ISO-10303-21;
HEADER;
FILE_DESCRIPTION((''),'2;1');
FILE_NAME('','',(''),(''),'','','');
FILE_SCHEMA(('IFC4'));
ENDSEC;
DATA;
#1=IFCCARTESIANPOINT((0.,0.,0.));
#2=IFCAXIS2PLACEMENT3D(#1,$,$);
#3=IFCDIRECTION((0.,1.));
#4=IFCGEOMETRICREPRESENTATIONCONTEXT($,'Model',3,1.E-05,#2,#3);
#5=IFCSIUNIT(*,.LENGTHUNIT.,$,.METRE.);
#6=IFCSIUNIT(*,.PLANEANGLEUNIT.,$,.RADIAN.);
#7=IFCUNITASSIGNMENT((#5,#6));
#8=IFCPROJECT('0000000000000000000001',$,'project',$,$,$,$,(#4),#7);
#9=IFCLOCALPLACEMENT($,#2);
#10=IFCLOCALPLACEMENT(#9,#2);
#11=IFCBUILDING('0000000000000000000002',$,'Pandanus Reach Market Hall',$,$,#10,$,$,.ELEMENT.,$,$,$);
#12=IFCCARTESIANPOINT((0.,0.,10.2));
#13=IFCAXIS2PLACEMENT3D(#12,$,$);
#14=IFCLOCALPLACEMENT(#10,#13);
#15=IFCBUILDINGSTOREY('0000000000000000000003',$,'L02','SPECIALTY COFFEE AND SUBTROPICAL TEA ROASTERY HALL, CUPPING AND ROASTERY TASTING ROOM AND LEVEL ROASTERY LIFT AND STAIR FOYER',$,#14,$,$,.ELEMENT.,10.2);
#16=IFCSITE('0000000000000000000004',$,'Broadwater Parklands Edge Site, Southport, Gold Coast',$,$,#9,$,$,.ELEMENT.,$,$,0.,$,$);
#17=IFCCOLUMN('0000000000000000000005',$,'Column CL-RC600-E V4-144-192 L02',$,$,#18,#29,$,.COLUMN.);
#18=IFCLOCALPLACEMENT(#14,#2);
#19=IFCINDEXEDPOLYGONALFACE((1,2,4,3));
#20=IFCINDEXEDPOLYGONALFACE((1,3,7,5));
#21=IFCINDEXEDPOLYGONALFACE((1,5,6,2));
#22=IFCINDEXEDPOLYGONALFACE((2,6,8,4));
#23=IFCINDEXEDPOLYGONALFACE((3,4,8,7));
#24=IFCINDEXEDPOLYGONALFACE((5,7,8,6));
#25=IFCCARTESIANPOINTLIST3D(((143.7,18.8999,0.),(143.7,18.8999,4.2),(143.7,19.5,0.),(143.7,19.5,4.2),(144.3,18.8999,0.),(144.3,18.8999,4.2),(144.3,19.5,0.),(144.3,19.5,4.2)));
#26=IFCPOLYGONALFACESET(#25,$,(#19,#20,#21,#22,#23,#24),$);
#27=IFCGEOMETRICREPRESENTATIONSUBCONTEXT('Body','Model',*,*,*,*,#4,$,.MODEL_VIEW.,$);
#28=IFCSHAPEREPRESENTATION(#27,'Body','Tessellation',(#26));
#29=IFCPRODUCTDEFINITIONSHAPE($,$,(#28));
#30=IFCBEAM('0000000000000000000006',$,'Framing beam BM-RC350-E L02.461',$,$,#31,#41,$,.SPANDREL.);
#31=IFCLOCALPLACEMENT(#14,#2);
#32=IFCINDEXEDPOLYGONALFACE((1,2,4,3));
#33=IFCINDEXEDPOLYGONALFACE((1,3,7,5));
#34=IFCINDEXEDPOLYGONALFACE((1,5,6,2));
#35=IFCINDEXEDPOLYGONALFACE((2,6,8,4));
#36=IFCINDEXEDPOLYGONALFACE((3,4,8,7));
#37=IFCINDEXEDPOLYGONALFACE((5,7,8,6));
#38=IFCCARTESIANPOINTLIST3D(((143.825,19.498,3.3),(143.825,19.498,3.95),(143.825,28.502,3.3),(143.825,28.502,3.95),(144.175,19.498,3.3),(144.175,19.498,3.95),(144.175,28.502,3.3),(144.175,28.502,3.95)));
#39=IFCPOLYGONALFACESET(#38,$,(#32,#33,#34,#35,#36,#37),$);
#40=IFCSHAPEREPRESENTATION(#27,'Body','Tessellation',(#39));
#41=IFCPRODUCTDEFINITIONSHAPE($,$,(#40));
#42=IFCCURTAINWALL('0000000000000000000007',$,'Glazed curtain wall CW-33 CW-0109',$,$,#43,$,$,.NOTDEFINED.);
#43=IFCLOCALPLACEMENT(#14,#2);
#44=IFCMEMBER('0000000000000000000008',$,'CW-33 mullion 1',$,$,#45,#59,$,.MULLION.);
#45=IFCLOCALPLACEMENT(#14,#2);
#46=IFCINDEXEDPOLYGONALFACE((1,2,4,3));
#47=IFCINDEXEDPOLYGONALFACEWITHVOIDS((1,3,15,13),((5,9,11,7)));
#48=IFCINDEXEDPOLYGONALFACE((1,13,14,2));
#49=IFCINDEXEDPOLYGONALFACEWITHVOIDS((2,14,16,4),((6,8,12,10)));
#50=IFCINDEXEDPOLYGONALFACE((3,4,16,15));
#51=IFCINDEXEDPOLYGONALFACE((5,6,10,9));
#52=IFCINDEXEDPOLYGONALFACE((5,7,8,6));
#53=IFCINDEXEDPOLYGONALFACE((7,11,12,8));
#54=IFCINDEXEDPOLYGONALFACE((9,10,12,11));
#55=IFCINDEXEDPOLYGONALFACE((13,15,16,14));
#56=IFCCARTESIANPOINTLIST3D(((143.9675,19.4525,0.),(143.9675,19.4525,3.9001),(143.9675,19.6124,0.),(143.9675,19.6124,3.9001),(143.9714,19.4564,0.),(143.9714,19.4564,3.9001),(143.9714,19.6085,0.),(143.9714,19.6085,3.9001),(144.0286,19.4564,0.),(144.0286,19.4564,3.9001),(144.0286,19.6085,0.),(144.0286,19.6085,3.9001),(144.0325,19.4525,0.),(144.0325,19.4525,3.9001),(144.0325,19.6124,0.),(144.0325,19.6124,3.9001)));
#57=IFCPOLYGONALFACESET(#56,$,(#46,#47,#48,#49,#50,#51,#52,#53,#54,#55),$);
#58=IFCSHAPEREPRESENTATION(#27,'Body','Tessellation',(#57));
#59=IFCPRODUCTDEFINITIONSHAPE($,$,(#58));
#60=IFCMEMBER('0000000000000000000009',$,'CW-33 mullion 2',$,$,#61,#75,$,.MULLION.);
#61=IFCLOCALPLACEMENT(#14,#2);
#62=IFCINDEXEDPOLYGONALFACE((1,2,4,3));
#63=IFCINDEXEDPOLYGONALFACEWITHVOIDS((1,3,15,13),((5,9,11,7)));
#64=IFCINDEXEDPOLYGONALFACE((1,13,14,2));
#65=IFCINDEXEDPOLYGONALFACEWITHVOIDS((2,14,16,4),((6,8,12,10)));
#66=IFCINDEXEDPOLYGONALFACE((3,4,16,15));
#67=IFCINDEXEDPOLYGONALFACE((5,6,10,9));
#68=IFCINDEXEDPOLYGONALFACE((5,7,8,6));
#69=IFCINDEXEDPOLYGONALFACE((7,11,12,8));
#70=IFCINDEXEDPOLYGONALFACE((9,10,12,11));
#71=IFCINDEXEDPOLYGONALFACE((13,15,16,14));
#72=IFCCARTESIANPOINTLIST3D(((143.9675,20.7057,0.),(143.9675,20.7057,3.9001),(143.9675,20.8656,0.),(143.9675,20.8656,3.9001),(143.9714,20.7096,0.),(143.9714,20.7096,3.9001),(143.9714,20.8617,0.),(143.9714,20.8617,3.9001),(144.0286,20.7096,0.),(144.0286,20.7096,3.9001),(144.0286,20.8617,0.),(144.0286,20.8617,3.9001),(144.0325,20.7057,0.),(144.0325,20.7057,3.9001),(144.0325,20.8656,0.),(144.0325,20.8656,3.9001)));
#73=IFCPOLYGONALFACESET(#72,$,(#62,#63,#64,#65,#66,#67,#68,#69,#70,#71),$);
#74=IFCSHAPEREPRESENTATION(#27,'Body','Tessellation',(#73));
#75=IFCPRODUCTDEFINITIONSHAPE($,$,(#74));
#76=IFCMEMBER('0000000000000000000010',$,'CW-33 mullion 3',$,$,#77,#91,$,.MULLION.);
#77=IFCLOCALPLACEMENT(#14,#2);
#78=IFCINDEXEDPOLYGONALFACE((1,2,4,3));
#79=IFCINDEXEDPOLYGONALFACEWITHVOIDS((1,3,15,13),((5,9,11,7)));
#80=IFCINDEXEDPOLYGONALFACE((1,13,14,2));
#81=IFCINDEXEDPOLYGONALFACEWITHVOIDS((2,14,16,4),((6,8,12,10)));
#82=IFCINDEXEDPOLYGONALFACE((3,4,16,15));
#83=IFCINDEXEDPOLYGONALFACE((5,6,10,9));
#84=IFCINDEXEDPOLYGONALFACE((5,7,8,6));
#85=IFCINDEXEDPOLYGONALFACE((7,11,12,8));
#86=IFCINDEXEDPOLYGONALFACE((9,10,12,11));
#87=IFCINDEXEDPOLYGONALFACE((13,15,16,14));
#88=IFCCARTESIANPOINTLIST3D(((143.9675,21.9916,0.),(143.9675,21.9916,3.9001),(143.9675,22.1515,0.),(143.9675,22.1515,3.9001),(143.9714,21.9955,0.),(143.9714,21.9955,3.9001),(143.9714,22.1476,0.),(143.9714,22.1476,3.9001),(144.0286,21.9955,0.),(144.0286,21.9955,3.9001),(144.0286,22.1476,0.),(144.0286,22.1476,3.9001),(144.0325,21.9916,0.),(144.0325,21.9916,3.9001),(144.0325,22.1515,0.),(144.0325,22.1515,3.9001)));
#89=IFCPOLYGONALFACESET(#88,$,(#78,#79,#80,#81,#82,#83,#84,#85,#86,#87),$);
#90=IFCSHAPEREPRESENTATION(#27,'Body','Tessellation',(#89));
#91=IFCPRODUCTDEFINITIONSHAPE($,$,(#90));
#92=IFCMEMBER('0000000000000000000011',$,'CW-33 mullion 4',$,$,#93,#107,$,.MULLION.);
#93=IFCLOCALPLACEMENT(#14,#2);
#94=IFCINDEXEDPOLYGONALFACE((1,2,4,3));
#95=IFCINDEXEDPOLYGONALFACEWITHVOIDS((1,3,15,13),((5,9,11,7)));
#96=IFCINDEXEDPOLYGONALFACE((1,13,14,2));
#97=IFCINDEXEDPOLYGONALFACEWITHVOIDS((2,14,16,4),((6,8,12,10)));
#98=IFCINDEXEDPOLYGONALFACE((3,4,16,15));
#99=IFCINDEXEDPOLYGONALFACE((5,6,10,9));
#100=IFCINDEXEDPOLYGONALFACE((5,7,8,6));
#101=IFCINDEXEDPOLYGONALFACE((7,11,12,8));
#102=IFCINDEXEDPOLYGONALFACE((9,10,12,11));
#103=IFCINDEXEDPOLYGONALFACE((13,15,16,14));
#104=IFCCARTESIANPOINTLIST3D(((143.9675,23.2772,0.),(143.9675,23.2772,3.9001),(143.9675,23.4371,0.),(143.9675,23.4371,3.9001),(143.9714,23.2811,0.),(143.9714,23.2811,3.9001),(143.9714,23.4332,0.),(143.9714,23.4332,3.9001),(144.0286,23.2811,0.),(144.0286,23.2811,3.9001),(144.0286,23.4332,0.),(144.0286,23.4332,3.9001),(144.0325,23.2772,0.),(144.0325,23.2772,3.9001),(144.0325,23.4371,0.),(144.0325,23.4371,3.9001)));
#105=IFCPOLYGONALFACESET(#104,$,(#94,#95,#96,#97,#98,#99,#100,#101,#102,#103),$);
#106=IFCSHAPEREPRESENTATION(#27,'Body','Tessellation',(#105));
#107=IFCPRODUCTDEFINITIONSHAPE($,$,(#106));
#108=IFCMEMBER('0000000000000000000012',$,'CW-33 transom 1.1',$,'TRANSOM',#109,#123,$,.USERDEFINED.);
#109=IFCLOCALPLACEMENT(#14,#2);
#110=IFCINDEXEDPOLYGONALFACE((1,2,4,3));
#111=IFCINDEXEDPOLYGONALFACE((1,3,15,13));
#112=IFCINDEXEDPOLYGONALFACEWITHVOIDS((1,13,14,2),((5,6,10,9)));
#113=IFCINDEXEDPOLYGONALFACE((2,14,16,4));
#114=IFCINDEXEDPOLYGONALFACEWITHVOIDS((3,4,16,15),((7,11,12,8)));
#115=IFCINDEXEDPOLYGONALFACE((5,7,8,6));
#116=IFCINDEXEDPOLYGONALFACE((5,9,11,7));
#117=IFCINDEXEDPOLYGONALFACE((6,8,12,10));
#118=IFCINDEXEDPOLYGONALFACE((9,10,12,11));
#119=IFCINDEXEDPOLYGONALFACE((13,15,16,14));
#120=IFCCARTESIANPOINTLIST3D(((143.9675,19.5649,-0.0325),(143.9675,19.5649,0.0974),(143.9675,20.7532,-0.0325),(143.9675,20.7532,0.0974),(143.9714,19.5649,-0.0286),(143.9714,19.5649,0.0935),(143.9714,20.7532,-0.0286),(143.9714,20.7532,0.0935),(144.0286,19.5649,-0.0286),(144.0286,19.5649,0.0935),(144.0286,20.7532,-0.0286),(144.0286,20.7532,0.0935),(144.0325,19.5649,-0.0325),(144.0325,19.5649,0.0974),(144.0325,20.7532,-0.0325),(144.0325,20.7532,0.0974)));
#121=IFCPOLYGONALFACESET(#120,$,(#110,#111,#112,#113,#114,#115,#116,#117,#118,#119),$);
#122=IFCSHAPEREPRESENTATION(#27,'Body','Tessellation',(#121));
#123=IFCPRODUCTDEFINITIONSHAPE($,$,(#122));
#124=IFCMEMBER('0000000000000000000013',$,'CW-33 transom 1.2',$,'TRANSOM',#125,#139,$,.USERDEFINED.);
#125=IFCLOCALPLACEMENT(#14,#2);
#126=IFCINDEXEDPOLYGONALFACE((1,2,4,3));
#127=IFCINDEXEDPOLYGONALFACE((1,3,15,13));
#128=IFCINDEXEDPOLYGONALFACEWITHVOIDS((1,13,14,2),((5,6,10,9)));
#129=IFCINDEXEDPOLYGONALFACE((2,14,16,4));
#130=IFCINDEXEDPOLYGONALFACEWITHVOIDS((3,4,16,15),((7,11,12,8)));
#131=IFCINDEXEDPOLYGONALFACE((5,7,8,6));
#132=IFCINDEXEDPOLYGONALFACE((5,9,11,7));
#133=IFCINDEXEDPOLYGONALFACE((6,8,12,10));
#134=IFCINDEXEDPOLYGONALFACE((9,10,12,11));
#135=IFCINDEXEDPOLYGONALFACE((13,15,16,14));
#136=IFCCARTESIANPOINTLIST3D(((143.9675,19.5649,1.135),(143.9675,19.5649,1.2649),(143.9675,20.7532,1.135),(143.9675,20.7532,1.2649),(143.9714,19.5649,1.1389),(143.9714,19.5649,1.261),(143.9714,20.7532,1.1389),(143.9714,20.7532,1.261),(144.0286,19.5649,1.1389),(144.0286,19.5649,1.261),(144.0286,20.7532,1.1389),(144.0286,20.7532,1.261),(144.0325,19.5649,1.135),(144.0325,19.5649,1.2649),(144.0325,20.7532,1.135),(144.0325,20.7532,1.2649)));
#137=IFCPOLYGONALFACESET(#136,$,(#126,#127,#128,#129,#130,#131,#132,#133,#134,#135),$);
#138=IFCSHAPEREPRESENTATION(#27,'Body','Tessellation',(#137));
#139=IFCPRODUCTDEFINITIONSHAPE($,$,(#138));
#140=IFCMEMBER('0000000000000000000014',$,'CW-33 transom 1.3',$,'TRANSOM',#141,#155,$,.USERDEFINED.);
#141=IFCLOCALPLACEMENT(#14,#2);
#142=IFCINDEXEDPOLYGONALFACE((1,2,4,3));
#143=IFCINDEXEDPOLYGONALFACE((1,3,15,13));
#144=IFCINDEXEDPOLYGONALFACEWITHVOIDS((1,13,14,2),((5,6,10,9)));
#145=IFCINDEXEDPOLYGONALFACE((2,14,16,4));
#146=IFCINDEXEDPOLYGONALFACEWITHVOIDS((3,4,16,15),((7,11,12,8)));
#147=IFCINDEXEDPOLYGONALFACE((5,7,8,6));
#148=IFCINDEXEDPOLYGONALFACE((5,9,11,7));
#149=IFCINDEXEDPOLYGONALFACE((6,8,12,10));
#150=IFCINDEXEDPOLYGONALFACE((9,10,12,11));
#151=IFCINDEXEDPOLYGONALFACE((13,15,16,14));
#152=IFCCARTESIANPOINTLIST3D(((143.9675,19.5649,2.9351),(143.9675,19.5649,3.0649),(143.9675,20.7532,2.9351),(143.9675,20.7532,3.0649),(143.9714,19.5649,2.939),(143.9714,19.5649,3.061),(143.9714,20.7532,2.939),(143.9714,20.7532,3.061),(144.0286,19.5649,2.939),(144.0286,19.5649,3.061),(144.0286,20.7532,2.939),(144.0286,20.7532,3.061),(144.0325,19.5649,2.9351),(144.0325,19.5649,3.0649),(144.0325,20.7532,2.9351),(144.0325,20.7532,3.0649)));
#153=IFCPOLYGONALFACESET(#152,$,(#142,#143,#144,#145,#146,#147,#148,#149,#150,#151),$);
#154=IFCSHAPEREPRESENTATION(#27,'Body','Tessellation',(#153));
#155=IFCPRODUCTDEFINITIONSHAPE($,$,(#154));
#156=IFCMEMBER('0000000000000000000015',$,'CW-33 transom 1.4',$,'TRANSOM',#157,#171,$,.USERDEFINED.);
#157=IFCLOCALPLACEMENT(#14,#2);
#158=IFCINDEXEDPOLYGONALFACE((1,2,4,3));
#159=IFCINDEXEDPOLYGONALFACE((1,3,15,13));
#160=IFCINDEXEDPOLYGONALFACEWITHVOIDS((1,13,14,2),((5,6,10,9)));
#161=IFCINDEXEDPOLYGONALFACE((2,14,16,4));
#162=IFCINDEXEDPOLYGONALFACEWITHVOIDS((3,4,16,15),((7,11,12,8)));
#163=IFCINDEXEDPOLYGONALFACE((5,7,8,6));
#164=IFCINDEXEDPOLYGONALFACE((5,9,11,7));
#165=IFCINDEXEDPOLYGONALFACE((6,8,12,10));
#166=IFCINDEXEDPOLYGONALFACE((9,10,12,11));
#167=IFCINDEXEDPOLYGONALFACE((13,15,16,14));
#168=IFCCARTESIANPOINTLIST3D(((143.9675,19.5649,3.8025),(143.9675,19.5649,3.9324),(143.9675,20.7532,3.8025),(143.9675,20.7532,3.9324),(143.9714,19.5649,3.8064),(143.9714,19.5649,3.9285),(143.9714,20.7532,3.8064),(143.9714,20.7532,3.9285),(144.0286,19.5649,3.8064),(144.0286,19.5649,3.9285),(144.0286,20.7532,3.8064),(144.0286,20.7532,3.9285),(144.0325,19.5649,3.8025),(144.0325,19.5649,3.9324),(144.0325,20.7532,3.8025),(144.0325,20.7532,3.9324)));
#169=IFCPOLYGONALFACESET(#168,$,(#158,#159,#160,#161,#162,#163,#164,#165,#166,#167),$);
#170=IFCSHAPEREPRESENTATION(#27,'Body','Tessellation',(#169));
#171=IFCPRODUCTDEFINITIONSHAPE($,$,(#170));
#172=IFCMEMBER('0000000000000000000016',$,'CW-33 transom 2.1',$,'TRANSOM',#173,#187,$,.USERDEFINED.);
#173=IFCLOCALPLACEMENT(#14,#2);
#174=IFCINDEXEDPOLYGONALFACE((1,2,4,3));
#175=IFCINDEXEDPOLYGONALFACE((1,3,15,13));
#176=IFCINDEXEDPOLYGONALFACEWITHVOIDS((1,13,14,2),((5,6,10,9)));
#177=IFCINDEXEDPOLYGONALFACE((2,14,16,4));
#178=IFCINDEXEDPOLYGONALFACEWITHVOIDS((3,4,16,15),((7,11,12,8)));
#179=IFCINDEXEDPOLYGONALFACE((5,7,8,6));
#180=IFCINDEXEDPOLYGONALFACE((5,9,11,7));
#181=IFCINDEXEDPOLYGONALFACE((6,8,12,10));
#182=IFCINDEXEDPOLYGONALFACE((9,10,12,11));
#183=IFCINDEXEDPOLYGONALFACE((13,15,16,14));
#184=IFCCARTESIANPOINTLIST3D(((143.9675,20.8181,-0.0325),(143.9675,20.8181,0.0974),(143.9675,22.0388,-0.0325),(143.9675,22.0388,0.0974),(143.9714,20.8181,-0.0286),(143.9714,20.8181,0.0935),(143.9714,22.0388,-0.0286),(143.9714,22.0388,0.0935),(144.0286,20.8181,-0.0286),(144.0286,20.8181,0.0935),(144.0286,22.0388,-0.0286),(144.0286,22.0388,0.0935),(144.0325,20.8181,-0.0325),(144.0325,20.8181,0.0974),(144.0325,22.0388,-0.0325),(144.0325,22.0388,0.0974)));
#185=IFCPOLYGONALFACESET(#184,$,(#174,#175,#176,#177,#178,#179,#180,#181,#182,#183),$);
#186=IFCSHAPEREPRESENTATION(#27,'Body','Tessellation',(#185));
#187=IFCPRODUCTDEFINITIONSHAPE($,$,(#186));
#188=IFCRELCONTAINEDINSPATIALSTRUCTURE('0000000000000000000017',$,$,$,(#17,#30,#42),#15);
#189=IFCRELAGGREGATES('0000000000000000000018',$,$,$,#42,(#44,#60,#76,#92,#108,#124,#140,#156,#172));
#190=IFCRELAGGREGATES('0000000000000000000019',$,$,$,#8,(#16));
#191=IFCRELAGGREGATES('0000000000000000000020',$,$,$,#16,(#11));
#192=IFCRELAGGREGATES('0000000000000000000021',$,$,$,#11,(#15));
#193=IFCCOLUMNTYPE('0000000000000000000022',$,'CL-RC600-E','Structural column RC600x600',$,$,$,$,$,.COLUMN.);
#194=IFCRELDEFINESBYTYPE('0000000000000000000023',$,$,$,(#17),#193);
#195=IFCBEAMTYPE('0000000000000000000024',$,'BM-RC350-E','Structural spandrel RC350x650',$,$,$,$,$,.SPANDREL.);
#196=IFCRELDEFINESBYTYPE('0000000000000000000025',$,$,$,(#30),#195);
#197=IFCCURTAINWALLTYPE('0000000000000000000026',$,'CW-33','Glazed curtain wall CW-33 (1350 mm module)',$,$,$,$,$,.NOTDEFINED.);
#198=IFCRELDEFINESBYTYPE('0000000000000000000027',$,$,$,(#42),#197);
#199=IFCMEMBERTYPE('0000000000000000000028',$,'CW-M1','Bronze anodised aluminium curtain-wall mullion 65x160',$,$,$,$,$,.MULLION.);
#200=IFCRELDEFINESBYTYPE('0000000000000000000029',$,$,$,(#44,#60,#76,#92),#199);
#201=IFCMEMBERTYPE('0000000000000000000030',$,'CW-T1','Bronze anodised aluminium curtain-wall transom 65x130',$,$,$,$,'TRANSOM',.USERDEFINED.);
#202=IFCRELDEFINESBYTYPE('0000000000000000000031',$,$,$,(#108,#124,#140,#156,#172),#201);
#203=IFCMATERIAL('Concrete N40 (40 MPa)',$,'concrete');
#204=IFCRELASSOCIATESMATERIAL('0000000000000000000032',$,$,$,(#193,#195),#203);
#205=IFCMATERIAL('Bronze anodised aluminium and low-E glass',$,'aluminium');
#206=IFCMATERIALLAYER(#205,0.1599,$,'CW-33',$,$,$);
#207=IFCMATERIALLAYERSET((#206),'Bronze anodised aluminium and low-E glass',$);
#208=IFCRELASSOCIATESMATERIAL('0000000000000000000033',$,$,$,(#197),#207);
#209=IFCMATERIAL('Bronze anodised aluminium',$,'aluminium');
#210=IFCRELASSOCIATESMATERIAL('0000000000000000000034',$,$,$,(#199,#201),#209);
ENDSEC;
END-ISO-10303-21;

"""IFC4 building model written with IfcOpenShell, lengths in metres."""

from ifc_helpers import new_model, si_unit, direction, frame, origin, origin_2d, place, context, subcontext, project, spatial, rectangle, hollow_rectangle, extrude, material, layer, layer_set, material_profile, profile_set, type_object, element, aggregate, save


model = new_model("IFC4")

# Units and contexts
model_context = context("Model", 3, precision=1e-05, world=origin(), true_north=direction((0.0, 1.0)))
body_context = subcontext(model_context, "Body", "Model", "MODEL_VIEW")
ifc_project = project(units=[si_unit("LENGTHUNIT", "METRE"), si_unit("PLANEANGLEUNIT", "RADIAN")], contexts=[model_context])

# Site, building, storey
site_placement = place(None, origin())
site = spatial("IfcSite", under=ifc_project, at=site_placement, Name="Broadwater Parklands Edge Site, Southport, Gold Coast", CompositionType="ELEMENT", RefElevation=0.0)
building_placement = place(site_placement, origin())
building = spatial("IfcBuilding", under=site, at=building_placement, Name="Pandanus Reach Market Hall", CompositionType="ELEMENT")
storey_placement = place(building_placement, frame((0.0, 0.0, 10.2)))
storey = spatial("IfcBuildingStorey", under=building, at=storey_placement, Name="L02", Description="SPECIALTY COFFEE AND SUBTROPICAL TEA ROASTERY HALL, CUPPING AND ROASTERY TASTING ROOM AND LEVEL ROASTERY LIFT AND STAIR FOYER", CompositionType="ELEMENT", Elevation=10.2)

# Column
ifc_material_1 = material(Name="Concrete N40 (40 MPa)", Category="concrete")
ifc_material_profile_1 = material_profile(ifc_material_1, rectangle(XDim=0.6001, YDim=0.6001, at=origin_2d()), Name="RC600x600", Category="LoadBearing")
ifc_profile_set_1 = profile_set([ifc_material_profile_1], Name="Concrete N40 (40 MPa)")
column_type = type_object("IfcColumnType", Name="CL-RC600-E", Description="Structural column RC600x600", PredefinedType="COLUMN", material=ifc_profile_set_1)
column_placement = place(storey_placement, frame((144.0, 19.2, 0.0), z_axis=(0.0, 0.0, 1.0), x_axis=(1.0, 0.0, 0.0)))
element("IfcColumn", 1, at=column_placement, inside=storey, type_object=column_type, Name="Column CL-RC600-E V4-144-192 L02", PredefinedType="COLUMN", context=body_context, shape_type="SweptSolid", body=[
    extrude(rectangle(XDim=0.6001, YDim=0.6001, at=origin_2d()), origin(), (0.0, 0.0, 1.0), 4.2),
])

# Beam
ifc_material_profile_2 = material_profile(ifc_material_1, rectangle(XDim=0.3501, YDim=0.6499, at=origin_2d()), Name="RC350x650", Category="LoadBearing")
ifc_profile_set_2 = profile_set([ifc_material_profile_2], Name="Concrete N40 (40 MPa)")
beam_type = type_object("IfcBeamType", Name="BM-RC350-E", Description="Structural spandrel RC350x650", PredefinedType="SPANDREL", material=ifc_profile_set_2)
beam_placement = place(storey_placement, frame((144.0, 19.498, 3.625), z_axis=(0.0, 1.0, 0.0), x_axis=(-1.0, 0.0, 0.0)))
element("IfcBeam", 2, at=beam_placement, inside=storey, type_object=beam_type, Name="Framing beam BM-RC350-E L02.461", PredefinedType="SPANDREL", context=body_context, shape_type="SweptSolid", body=[
    extrude(rectangle(XDim=0.3501, YDim=0.6499, at=origin_2d()), origin(), (0.0, 0.0, 1.0), 9.0039),
])

# Curtain wall, members
ifc_material_2 = material(Name="Bronze anodised aluminium and low-E glass", Category="aluminium")
ifc_layer_1 = layer(ifc_material_2, 0.1599, Name="CW-33")
ifc_layer_set_1 = layer_set([ifc_layer_1], Name="Bronze anodised aluminium and low-E glass")
curtain_wall_type = type_object("IfcCurtainWallType", Name="CW-33", Description="Glazed curtain wall CW-33 (1350 mm module)", PredefinedType="NOTDEFINED", material=ifc_layer_set_1)
curtain_wall_placement = place(storey_placement, origin())
curtain_wall = element("IfcCurtainWall", 3, at=curtain_wall_placement, inside=storey, type_object=curtain_wall_type, Name="Glazed curtain wall CW-33 CW-0109", PredefinedType="NOTDEFINED")
ifc_material_3 = material(Name="Bronze anodised aluminium", Category="aluminium")
ifc_material_profile_3 = material_profile(ifc_material_3, hollow_rectangle(XDim=0.0649, YDim=0.1599, WallThickness=0.0039, at=origin_2d()), Name="ALU65x160", Category="LoadBearing")
ifc_profile_set_3 = profile_set([ifc_material_profile_3], Name="Bronze anodised aluminium")
member_type_1 = type_object("IfcMemberType", Name="CW-M1", Description="Bronze anodised aluminium curtain-wall mullion 65x160", PredefinedType="MULLION", material=ifc_profile_set_3)
member_1_placement = place(storey_placement, frame((144.0, 19.5325, 0.0), z_axis=(0.0, 0.0, 1.0), x_axis=(-1.0, 0.0, 0.0)))
member_1 = element("IfcMember", 4, at=member_1_placement, type_object=member_type_1, Name="CW-33 mullion 1", PredefinedType="MULLION", context=body_context, shape_type="SweptSolid", body=[
    extrude(hollow_rectangle(XDim=0.0649, YDim=0.1599, WallThickness=0.0039, at=origin_2d()), origin(), (0.0, 0.0, 1.0), 3.9001),
])
member_2_placement = place(storey_placement, frame((144.0, 20.7856, 0.0), z_axis=(0.0, 0.0, 1.0), x_axis=(-1.0, 0.0, 0.0)))
member_2 = element("IfcMember", 5, at=member_2_placement, type_object=member_type_1, Name="CW-33 mullion 2", PredefinedType="MULLION", context=body_context, shape_type="SweptSolid", body=[
    extrude(hollow_rectangle(XDim=0.0649, YDim=0.1599, WallThickness=0.0039, at=origin_2d()), origin(), (0.0, 0.0, 1.0), 3.9001),
])
member_3_placement = place(storey_placement, frame((144.0, 22.0715, 0.0), z_axis=(0.0, 0.0, 1.0), x_axis=(-1.0, 0.0, 0.0)))
member_3 = element("IfcMember", 6, at=member_3_placement, type_object=member_type_1, Name="CW-33 mullion 3", PredefinedType="MULLION", context=body_context, shape_type="SweptSolid", body=[
    extrude(hollow_rectangle(XDim=0.0649, YDim=0.1599, WallThickness=0.0039, at=origin_2d()), origin(), (0.0, 0.0, 1.0), 3.9001),
])
member_4_placement = place(storey_placement, frame((144.0, 23.3572, 0.0), z_axis=(0.0, 0.0, 1.0), x_axis=(-1.0, 0.0, 0.0)))
member_4 = element("IfcMember", 7, at=member_4_placement, type_object=member_type_1, Name="CW-33 mullion 4", PredefinedType="MULLION", context=body_context, shape_type="SweptSolid", body=[
    extrude(hollow_rectangle(XDim=0.0649, YDim=0.1599, WallThickness=0.0039, at=origin_2d()), origin(), (0.0, 0.0, 1.0), 3.9001),
])
ifc_material_profile_4 = material_profile(ifc_material_3, hollow_rectangle(XDim=0.0649, YDim=0.1299, WallThickness=0.0039, at=origin_2d()), Name="ALU65x130", Category="LoadBearing")
ifc_profile_set_4 = profile_set([ifc_material_profile_4], Name="Bronze anodised aluminium")
member_type_2 = type_object("IfcMemberType", Name="CW-T1", Description="Bronze anodised aluminium curtain-wall transom 65x130", ElementType="TRANSOM", PredefinedType="USERDEFINED", material=ifc_profile_set_4)
member_5_placement = place(storey_placement, frame((144.0, 19.5649, 0.0325), z_axis=(0.0, 1.0, 0.0), x_axis=(-1.0, 0.0, 0.0)))
member_5 = element("IfcMember", 8, at=member_5_placement, type_object=member_type_2, Name="CW-33 transom 1.1", ObjectType="TRANSOM", PredefinedType="USERDEFINED", context=body_context, shape_type="SweptSolid", body=[
    extrude(hollow_rectangle(XDim=0.0649, YDim=0.1299, WallThickness=0.0039, at=origin_2d()), origin(), (0.0, 0.0, 1.0), 1.1882),
])
member_6_placement = place(storey_placement, frame((144.0, 19.5649, 1.2), z_axis=(0.0, 1.0, 0.0), x_axis=(-1.0, 0.0, 0.0)))
member_6 = element("IfcMember", 9, at=member_6_placement, type_object=member_type_2, Name="CW-33 transom 1.2", ObjectType="TRANSOM", PredefinedType="USERDEFINED", context=body_context, shape_type="SweptSolid", body=[
    extrude(hollow_rectangle(XDim=0.0649, YDim=0.1299, WallThickness=0.0039, at=origin_2d()), origin(), (0.0, 0.0, 1.0), 1.1882),
])
member_7_placement = place(storey_placement, frame((144.0, 19.5649, 3.0), z_axis=(0.0, 1.0, 0.0), x_axis=(-1.0, 0.0, 0.0)))
member_7 = element("IfcMember", 10, at=member_7_placement, type_object=member_type_2, Name="CW-33 transom 1.3", ObjectType="TRANSOM", PredefinedType="USERDEFINED", context=body_context, shape_type="SweptSolid", body=[
    extrude(hollow_rectangle(XDim=0.0649, YDim=0.1299, WallThickness=0.0039, at=origin_2d()), origin(), (0.0, 0.0, 1.0), 1.1882),
])
member_8_placement = place(storey_placement, frame((144.0, 19.5649, 3.8674), z_axis=(0.0, 1.0, 0.0), x_axis=(-1.0, 0.0, 0.0)))
member_8 = element("IfcMember", 11, at=member_8_placement, type_object=member_type_2, Name="CW-33 transom 1.4", ObjectType="TRANSOM", PredefinedType="USERDEFINED", context=body_context, shape_type="SweptSolid", body=[
    extrude(hollow_rectangle(XDim=0.0649, YDim=0.1299, WallThickness=0.0039, at=origin_2d()), origin(), (0.0, 0.0, 1.0), 1.1882),
])
member_9_placement = place(storey_placement, frame((144.0, 20.8181, 0.0325), z_axis=(0.0, 1.0, 0.0), x_axis=(-1.0, 0.0, 0.0)))
member_9 = element("IfcMember", 12, at=member_9_placement, type_object=member_type_2, Name="CW-33 transom 2.1", ObjectType="TRANSOM", PredefinedType="USERDEFINED", context=body_context, shape_type="SweptSolid", body=[
    extrude(hollow_rectangle(XDim=0.0649, YDim=0.1299, WallThickness=0.0039, at=origin_2d()), origin(), (0.0, 0.0, 1.0), 1.2207),
])
aggregate(curtain_wall, [member_1, member_2, member_3, member_4, member_5, member_6, member_7, member_8, member_9])

save(model, "model.ifc")
